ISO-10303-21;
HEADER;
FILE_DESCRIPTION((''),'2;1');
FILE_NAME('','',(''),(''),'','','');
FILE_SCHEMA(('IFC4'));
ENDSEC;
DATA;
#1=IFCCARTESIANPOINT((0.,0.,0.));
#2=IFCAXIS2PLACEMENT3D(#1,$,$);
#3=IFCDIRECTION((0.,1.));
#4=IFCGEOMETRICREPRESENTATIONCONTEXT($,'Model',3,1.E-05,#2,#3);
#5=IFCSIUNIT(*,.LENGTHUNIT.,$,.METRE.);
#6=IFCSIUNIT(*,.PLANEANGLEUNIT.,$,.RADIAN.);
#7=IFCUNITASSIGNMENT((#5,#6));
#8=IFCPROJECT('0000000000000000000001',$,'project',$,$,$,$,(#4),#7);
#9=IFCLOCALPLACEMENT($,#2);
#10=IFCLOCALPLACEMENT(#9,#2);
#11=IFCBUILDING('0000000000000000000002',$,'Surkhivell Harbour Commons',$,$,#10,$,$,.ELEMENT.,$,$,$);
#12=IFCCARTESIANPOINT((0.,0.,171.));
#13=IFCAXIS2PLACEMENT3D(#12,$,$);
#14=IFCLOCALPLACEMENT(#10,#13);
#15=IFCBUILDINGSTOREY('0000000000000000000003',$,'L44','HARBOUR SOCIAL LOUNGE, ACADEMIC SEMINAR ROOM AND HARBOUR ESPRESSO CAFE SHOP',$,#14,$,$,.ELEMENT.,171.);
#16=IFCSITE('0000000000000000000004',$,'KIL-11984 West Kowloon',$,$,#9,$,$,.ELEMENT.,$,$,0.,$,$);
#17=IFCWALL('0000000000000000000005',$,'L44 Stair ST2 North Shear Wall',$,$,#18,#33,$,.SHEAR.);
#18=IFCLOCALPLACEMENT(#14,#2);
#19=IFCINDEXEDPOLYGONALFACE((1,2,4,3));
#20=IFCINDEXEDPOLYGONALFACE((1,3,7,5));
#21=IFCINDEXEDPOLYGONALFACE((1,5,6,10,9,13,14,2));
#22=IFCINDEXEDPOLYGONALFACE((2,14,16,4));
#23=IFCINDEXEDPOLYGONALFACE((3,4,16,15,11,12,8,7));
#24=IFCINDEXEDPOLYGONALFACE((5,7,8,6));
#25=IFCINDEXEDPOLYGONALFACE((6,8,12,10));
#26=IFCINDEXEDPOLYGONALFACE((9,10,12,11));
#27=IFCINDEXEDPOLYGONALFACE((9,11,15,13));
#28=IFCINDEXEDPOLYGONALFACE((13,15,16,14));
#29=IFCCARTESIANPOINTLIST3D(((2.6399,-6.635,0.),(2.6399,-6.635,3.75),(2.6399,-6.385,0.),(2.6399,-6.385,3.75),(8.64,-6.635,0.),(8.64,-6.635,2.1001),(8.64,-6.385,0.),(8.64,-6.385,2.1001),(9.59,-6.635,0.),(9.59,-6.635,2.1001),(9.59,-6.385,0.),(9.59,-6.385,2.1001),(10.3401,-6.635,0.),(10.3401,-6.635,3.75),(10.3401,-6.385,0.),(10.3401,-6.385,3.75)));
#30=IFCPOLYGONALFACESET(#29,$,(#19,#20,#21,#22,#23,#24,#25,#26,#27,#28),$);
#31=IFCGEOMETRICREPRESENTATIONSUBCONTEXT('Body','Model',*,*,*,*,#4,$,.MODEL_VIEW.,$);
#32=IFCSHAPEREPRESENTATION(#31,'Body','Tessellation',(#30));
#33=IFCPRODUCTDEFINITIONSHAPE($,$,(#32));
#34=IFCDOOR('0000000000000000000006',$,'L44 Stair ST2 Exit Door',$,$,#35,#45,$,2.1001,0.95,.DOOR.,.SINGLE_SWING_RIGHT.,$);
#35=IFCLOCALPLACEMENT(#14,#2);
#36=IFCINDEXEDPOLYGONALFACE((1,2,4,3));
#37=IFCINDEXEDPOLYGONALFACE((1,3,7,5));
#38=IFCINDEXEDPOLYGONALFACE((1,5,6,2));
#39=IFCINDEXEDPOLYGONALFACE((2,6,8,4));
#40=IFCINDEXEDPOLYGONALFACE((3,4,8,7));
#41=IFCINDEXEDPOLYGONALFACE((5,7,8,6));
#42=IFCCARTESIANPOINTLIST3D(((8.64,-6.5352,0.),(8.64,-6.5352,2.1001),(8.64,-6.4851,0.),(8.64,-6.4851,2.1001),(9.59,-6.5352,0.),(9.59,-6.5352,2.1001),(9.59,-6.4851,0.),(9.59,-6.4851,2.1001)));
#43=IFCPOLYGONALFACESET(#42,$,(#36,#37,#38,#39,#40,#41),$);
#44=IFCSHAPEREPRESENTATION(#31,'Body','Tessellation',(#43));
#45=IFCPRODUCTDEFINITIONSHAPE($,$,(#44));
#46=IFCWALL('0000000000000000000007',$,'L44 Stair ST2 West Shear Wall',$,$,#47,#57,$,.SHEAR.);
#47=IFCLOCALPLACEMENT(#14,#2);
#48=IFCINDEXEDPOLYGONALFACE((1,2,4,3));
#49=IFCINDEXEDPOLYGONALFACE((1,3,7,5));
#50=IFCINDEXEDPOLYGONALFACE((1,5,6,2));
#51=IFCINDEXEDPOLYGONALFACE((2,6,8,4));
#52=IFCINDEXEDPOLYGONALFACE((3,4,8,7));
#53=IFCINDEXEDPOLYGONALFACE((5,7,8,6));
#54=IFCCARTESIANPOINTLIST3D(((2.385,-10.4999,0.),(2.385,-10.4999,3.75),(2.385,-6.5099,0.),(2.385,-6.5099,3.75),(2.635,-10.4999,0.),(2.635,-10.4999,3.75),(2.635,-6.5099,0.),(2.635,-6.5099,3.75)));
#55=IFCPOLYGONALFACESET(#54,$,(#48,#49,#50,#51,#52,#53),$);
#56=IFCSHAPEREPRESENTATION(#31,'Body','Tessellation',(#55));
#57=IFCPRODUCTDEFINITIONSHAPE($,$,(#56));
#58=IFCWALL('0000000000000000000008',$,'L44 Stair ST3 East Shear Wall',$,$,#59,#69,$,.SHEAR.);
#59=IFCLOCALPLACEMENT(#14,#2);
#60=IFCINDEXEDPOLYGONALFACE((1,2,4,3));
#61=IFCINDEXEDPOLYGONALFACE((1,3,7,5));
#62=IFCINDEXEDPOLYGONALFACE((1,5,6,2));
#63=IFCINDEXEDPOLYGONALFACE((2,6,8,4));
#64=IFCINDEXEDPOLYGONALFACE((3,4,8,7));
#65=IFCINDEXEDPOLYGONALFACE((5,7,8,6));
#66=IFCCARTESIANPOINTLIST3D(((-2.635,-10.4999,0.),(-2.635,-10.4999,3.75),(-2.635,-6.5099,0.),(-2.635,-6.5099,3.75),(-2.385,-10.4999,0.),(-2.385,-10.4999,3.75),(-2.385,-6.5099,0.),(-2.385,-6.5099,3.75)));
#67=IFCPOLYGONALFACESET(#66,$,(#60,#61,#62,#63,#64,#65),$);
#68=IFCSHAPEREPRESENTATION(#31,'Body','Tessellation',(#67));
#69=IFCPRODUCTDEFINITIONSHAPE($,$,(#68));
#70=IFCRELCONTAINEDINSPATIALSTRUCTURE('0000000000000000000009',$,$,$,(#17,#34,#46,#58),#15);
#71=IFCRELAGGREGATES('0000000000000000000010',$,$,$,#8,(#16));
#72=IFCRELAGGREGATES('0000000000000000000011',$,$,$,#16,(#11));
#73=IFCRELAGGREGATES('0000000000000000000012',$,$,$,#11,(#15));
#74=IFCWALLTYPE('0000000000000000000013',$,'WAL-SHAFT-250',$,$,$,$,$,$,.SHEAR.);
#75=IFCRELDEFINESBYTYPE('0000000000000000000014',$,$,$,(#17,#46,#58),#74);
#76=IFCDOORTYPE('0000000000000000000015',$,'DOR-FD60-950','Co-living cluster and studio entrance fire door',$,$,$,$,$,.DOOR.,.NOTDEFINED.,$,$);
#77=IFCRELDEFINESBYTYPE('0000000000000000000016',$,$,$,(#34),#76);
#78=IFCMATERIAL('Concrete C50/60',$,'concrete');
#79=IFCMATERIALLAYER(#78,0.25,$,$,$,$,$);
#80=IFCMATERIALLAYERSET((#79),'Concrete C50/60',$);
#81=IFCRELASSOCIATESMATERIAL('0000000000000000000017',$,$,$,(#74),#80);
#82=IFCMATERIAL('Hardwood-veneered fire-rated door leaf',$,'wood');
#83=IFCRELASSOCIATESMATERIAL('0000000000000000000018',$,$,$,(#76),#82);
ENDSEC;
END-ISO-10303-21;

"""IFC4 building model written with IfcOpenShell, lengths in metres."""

from ifc_helpers import new_model, si_unit, direction, frame, frame_2d, origin, place, context, subcontext, project, spatial, rectangle, extrude, material, layer, layer_set, type_object, element, fill, save


model = new_model("IFC4")

# Units and contexts
model_context = context("Model", 3, precision=1e-05, world=origin(), true_north=direction((0.0, 1.0)))
body_context = subcontext(model_context, "Body", "Model", "MODEL_VIEW")
ifc_project = project(units=[si_unit("LENGTHUNIT", "METRE"), si_unit("PLANEANGLEUNIT", "RADIAN")], contexts=[model_context])

# Site, building, storey
site_placement = place(None, origin())
site = spatial("IfcSite", under=ifc_project, at=site_placement, Name="KIL-11984 West Kowloon", CompositionType="ELEMENT", RefElevation=0.0)
building_placement = place(site_placement, origin())
building = spatial("IfcBuilding", under=site, at=building_placement, Name="Surkhivell Harbour Commons", CompositionType="ELEMENT")
storey_placement = place(building_placement, frame((0.0, 0.0, 171.0)))
storey = spatial("IfcBuildingStorey", under=building, at=storey_placement, Name="L44", Description="HARBOUR SOCIAL LOUNGE, ACADEMIC SEMINAR ROOM AND HARBOUR ESPRESSO CAFE SHOP", CompositionType="ELEMENT", Elevation=171.0)

# Shared definitions
ifc_material_1 = material(Name="Hardwood-veneered fire-rated door leaf", Category="wood")

# Shared definitions
ifc_material_2 = material(Name="Concrete C50/60", Category="concrete")
ifc_layer_1 = layer(ifc_material_2, 0.25)
ifc_layer_set_1 = layer_set([ifc_layer_1], Name="Concrete C50/60")
wall_type_1 = type_object("IfcWallType", Name="WAL-SHAFT-250", PredefinedType="SHEAR", material=ifc_layer_set_1)

# Wall, opening, door
wall_1_placement = place(storey_placement, frame((2.6399, -6.51, 0.0), z_axis=(0.0, 0.0, 1.0), x_axis=(1.0, 0.0, 0.0)))
wall_1 = element("IfcWall", 1, at=wall_1_placement, inside=storey, type_object=wall_type_1, Name="L44 Stair ST2 North Shear Wall", PredefinedType="SHEAR", context=body_context, shape_type="SweptSolid", body=[
    extrude(rectangle(XDim=7.7002, YDim=0.25, at=frame_2d((3.8501, 0.0))), origin(), (0.0, 0.0, 1.0), 3.75),
])
opening_1_placement = place(wall_1_placement, frame((6.0, 0.0, 0.0)))
opening_1 = element("IfcOpeningElement", 2, at=opening_1_placement, cuts=wall_1, PredefinedType="OPENING", context=body_context, shape_type="SweptSolid", body=[
    extrude(rectangle(XDim=0.95, YDim=2.1001, at=frame_2d((0.4751, 1.05))), frame((0.0, 0.135, 0.0), z_axis=(0.0, -1.0, 0.0), x_axis=(1.0, 0.0, 0.0)), (0.0, 0.0, 1.0), 0.27),
])
door_type_1 = type_object("IfcDoorType", Name="DOR-FD60-950", Description="Co-living cluster and studio entrance fire door", OperationType="NOTDEFINED", PredefinedType="DOOR", material=ifc_material_1)
door_1_placement = place(opening_1_placement, origin())
door_1 = element("IfcDoor", 3, at=door_1_placement, inside=storey, type_object=door_type_1, Name="L44 Stair ST2 Exit Door", OperationType="SINGLE_SWING_RIGHT", OverallHeight=2.1001, OverallWidth=0.95, PredefinedType="DOOR", context=body_context, shape_type="SweptSolid", body=[
    extrude(rectangle(XDim=0.95, YDim=2.1001, at=frame_2d((0.4751, 1.05))), frame((0.0, 0.0249, 0.0), z_axis=(0.0, -1.0, 0.0), x_axis=(1.0, 0.0, 0.0)), (0.0, 0.0, 1.0), 0.05),
])
fill(opening_1, door_1)

# Walls
for number, where, z_axis, x_axis, name in (
    (4, (2.51, -10.5, 0.0), (0.0, 0.0, 1.0), (0.0, 1.0, 0.0), "L44 Stair ST2 West Shear Wall"),
    (5, (-2.51, -10.5, 0.0), (0.0, 0.0, 1.0), (0.0, 1.0, 0.0), "L44 Stair ST3 East Shear Wall"),
):
    element("IfcWall", number, at=place(storey_placement, frame(where, z_axis=z_axis, x_axis=x_axis)), inside=storey, type_object=wall_type_1, Name=name, PredefinedType="SHEAR", context=body_context, shape_type="SweptSolid", body=[
        extrude(rectangle(XDim=3.99, YDim=0.25, at=frame_2d((1.9951, 0.0))), origin(), (0.0, 0.0, 1.0), 3.75),
    ])

save(model, "model.ifc")
